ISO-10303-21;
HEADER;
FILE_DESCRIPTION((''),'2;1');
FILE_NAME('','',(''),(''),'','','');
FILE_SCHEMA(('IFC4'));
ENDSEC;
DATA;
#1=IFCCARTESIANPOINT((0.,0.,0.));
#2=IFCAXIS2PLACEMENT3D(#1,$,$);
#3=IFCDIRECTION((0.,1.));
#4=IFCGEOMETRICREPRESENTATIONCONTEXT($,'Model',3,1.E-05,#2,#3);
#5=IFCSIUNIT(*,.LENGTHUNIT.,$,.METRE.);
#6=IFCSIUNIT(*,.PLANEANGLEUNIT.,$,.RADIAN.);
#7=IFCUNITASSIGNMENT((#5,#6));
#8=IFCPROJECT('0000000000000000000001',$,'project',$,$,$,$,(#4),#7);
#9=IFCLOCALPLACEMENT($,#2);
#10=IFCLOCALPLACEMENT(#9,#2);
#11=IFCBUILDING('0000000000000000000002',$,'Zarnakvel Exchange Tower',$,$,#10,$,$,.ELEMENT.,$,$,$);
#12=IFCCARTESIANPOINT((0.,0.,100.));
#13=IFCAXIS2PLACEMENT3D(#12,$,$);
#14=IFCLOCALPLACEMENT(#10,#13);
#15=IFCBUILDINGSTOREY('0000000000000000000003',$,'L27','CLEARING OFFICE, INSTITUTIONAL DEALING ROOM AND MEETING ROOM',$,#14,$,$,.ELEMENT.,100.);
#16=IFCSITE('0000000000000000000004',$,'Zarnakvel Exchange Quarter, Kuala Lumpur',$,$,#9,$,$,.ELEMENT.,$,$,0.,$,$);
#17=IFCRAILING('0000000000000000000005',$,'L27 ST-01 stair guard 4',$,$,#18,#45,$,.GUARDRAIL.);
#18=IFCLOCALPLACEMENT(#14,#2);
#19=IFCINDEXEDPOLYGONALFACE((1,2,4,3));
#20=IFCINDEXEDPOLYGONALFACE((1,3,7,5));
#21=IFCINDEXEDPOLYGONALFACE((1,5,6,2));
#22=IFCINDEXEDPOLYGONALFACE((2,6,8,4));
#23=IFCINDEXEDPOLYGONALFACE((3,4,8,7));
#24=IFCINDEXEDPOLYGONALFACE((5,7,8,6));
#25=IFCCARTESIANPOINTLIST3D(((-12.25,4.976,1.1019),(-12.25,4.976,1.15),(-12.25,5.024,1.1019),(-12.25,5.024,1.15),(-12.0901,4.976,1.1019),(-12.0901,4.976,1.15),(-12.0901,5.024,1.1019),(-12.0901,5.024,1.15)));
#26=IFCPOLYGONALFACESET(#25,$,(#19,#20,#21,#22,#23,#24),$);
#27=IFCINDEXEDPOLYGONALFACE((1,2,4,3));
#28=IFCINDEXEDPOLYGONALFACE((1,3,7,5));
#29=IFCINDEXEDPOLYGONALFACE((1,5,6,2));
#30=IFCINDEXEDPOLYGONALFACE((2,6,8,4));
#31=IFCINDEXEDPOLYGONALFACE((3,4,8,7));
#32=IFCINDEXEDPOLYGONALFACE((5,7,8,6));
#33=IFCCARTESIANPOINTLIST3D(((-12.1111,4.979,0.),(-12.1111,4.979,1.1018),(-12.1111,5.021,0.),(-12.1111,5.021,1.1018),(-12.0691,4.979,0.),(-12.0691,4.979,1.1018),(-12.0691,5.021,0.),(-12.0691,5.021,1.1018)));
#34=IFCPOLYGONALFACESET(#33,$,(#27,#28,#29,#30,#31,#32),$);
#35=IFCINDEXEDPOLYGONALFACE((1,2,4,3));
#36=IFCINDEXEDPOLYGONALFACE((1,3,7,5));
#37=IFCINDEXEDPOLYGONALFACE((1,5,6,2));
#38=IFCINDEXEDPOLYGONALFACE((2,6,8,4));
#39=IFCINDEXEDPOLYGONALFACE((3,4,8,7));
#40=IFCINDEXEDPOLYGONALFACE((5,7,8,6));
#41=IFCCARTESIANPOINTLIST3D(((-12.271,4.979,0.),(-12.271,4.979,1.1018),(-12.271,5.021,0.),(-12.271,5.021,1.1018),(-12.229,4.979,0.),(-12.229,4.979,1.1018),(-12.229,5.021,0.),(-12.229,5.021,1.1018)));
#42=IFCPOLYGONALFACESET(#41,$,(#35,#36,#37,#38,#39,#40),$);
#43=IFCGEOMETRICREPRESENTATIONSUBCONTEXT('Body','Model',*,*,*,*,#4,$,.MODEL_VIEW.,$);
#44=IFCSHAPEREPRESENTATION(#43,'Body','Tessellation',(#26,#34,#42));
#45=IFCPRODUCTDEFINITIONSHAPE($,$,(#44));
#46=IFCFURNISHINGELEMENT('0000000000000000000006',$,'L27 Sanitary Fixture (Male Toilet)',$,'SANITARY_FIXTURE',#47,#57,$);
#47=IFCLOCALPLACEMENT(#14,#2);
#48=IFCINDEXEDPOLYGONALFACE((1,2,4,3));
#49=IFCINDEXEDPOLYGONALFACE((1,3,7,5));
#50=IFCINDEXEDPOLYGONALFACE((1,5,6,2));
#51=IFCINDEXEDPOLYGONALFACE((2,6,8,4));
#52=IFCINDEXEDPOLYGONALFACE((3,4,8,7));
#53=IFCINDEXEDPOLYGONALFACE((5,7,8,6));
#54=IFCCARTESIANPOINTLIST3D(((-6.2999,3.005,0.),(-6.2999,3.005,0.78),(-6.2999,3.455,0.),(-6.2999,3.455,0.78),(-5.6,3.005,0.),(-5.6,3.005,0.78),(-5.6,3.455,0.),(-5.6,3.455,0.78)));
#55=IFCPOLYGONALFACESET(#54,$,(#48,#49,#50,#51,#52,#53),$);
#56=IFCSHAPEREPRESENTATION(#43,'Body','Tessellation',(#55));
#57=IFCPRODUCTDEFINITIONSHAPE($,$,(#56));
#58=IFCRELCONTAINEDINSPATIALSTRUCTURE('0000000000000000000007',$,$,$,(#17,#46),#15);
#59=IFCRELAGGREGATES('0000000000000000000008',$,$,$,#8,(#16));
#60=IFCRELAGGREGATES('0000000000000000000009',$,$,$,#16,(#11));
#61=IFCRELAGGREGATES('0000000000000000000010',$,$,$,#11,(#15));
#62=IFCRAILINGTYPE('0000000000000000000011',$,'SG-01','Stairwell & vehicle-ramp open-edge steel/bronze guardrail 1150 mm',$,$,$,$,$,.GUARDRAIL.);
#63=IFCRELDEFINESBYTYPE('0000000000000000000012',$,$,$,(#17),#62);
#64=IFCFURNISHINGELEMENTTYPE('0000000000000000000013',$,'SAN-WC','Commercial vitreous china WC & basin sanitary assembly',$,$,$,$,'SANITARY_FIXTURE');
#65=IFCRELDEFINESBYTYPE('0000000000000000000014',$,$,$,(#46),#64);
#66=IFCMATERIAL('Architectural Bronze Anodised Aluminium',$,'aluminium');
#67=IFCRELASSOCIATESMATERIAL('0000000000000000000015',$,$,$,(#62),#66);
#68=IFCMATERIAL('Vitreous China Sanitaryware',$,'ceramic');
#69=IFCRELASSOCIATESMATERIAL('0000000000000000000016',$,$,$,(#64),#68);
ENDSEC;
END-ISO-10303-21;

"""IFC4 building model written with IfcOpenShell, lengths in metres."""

from ifc_helpers import new_model, si_unit, direction, frame, origin, origin_2d, place, context, subcontext, project, spatial, rectangle, extrude, source, transform, mapped, material, type_object, element, save


model = new_model("IFC4")

# Units and contexts
model_context = context("Model", 3, precision=1e-05, world=origin(), true_north=direction((0.0, 1.0)))
body_context = subcontext(model_context, "Body", "Model", "MODEL_VIEW")
ifc_project = project(units=[si_unit("LENGTHUNIT", "METRE"), si_unit("PLANEANGLEUNIT", "RADIAN")], contexts=[model_context])

# Site, building, storey
site_placement = place(None, origin())
site = spatial("IfcSite", under=ifc_project, at=site_placement, Name="Zarnakvel Exchange Quarter, Kuala Lumpur", CompositionType="ELEMENT", RefElevation=0.0)
building_placement = place(site_placement, origin())
building = spatial("IfcBuilding", under=site, at=building_placement, Name="Zarnakvel Exchange Tower", CompositionType="ELEMENT")
storey_placement = place(building_placement, frame((0.0, 0.0, 100.0)))
storey = spatial("IfcBuildingStorey", under=building, at=storey_placement, Name="L27", Description="CLEARING OFFICE, INSTITUTIONAL DEALING ROOM AND MEETING ROOM", CompositionType="ELEMENT", Elevation=100.0)

# Shared definitions
ifc_material_1 = material(Name="Architectural Bronze Anodised Aluminium", Category="aluminium")

# Railing
railing_type_1 = type_object("IfcRailingType", Name="SG-01", Description="Stairwell & vehicle-ramp open-edge steel/bronze guardrail 1150 mm", PredefinedType="GUARDRAIL", material=ifc_material_1)
railing_1_placement = place(storey_placement, frame((-12.0901, 5.0, 0.0)))
element("IfcRailing", 1, at=railing_1_placement, inside=storey, type_object=railing_type_1, Name="L27 ST-01 stair guard 4", PredefinedType="GUARDRAIL", context=body_context, shape_type="SweptSolid", body=[
    extrude(rectangle(XDim=0.0481, YDim=0.0481, at=origin_2d()), frame((0.0, 0.0, 1.126), z_axis=(-1.0, 0.0, 0.0), x_axis=(0.0, -1.0, 0.0)), (0.0, 0.0, 1.0), 0.1599),
    extrude(rectangle(XDim=0.042, YDim=0.042, at=origin_2d()), origin(), (0.0, 0.0, 1.0), 1.1018),
    extrude(rectangle(XDim=0.042, YDim=0.042, at=origin_2d()), frame((-0.1599, 0.0, 0.0)), (0.0, 0.0, 1.0), 1.1018),
])

# Furnishing element
ifc_material_2 = material(Name="Vitreous China Sanitaryware", Category="ceramic")
furnishing_element_type = type_object("IfcFurnishingElementType", Name="SAN-WC", Description="Commercial vitreous china WC & basin sanitary assembly", ElementType="SANITARY_FIXTURE", material=ifc_material_2)
shared_shape_1 = source(origin(), body_context, "Body", "SweptSolid", [
    extrude(rectangle(XDim=0.7, YDim=0.45, at=origin_2d()), origin(), (0.0, 0.0, 1.0), 0.78),
])
furnishing_placement = place(storey_placement, frame((-5.95, 3.23, 0.0), z_axis=(0.0, 0.0, 1.0), x_axis=(1.0, 0.0, 0.0)))
element("IfcFurnishingElement", 2, at=furnishing_placement, inside=storey, type_object=furnishing_element_type, Name="L27 Sanitary Fixture (Male Toilet)", ObjectType="SANITARY_FIXTURE", context=body_context, shape_type="MappedRepresentation", body=[
    mapped(shared_shape_1, transform((0.0, 0.0, 0.0), x_axis=(1.0, 0.0, 0.0), y_axis=(0.0, 1.0, 0.0), z_axis=(0.0, 0.0, 1.0), scale=1.0)),
])

save(model, "model.ifc")
